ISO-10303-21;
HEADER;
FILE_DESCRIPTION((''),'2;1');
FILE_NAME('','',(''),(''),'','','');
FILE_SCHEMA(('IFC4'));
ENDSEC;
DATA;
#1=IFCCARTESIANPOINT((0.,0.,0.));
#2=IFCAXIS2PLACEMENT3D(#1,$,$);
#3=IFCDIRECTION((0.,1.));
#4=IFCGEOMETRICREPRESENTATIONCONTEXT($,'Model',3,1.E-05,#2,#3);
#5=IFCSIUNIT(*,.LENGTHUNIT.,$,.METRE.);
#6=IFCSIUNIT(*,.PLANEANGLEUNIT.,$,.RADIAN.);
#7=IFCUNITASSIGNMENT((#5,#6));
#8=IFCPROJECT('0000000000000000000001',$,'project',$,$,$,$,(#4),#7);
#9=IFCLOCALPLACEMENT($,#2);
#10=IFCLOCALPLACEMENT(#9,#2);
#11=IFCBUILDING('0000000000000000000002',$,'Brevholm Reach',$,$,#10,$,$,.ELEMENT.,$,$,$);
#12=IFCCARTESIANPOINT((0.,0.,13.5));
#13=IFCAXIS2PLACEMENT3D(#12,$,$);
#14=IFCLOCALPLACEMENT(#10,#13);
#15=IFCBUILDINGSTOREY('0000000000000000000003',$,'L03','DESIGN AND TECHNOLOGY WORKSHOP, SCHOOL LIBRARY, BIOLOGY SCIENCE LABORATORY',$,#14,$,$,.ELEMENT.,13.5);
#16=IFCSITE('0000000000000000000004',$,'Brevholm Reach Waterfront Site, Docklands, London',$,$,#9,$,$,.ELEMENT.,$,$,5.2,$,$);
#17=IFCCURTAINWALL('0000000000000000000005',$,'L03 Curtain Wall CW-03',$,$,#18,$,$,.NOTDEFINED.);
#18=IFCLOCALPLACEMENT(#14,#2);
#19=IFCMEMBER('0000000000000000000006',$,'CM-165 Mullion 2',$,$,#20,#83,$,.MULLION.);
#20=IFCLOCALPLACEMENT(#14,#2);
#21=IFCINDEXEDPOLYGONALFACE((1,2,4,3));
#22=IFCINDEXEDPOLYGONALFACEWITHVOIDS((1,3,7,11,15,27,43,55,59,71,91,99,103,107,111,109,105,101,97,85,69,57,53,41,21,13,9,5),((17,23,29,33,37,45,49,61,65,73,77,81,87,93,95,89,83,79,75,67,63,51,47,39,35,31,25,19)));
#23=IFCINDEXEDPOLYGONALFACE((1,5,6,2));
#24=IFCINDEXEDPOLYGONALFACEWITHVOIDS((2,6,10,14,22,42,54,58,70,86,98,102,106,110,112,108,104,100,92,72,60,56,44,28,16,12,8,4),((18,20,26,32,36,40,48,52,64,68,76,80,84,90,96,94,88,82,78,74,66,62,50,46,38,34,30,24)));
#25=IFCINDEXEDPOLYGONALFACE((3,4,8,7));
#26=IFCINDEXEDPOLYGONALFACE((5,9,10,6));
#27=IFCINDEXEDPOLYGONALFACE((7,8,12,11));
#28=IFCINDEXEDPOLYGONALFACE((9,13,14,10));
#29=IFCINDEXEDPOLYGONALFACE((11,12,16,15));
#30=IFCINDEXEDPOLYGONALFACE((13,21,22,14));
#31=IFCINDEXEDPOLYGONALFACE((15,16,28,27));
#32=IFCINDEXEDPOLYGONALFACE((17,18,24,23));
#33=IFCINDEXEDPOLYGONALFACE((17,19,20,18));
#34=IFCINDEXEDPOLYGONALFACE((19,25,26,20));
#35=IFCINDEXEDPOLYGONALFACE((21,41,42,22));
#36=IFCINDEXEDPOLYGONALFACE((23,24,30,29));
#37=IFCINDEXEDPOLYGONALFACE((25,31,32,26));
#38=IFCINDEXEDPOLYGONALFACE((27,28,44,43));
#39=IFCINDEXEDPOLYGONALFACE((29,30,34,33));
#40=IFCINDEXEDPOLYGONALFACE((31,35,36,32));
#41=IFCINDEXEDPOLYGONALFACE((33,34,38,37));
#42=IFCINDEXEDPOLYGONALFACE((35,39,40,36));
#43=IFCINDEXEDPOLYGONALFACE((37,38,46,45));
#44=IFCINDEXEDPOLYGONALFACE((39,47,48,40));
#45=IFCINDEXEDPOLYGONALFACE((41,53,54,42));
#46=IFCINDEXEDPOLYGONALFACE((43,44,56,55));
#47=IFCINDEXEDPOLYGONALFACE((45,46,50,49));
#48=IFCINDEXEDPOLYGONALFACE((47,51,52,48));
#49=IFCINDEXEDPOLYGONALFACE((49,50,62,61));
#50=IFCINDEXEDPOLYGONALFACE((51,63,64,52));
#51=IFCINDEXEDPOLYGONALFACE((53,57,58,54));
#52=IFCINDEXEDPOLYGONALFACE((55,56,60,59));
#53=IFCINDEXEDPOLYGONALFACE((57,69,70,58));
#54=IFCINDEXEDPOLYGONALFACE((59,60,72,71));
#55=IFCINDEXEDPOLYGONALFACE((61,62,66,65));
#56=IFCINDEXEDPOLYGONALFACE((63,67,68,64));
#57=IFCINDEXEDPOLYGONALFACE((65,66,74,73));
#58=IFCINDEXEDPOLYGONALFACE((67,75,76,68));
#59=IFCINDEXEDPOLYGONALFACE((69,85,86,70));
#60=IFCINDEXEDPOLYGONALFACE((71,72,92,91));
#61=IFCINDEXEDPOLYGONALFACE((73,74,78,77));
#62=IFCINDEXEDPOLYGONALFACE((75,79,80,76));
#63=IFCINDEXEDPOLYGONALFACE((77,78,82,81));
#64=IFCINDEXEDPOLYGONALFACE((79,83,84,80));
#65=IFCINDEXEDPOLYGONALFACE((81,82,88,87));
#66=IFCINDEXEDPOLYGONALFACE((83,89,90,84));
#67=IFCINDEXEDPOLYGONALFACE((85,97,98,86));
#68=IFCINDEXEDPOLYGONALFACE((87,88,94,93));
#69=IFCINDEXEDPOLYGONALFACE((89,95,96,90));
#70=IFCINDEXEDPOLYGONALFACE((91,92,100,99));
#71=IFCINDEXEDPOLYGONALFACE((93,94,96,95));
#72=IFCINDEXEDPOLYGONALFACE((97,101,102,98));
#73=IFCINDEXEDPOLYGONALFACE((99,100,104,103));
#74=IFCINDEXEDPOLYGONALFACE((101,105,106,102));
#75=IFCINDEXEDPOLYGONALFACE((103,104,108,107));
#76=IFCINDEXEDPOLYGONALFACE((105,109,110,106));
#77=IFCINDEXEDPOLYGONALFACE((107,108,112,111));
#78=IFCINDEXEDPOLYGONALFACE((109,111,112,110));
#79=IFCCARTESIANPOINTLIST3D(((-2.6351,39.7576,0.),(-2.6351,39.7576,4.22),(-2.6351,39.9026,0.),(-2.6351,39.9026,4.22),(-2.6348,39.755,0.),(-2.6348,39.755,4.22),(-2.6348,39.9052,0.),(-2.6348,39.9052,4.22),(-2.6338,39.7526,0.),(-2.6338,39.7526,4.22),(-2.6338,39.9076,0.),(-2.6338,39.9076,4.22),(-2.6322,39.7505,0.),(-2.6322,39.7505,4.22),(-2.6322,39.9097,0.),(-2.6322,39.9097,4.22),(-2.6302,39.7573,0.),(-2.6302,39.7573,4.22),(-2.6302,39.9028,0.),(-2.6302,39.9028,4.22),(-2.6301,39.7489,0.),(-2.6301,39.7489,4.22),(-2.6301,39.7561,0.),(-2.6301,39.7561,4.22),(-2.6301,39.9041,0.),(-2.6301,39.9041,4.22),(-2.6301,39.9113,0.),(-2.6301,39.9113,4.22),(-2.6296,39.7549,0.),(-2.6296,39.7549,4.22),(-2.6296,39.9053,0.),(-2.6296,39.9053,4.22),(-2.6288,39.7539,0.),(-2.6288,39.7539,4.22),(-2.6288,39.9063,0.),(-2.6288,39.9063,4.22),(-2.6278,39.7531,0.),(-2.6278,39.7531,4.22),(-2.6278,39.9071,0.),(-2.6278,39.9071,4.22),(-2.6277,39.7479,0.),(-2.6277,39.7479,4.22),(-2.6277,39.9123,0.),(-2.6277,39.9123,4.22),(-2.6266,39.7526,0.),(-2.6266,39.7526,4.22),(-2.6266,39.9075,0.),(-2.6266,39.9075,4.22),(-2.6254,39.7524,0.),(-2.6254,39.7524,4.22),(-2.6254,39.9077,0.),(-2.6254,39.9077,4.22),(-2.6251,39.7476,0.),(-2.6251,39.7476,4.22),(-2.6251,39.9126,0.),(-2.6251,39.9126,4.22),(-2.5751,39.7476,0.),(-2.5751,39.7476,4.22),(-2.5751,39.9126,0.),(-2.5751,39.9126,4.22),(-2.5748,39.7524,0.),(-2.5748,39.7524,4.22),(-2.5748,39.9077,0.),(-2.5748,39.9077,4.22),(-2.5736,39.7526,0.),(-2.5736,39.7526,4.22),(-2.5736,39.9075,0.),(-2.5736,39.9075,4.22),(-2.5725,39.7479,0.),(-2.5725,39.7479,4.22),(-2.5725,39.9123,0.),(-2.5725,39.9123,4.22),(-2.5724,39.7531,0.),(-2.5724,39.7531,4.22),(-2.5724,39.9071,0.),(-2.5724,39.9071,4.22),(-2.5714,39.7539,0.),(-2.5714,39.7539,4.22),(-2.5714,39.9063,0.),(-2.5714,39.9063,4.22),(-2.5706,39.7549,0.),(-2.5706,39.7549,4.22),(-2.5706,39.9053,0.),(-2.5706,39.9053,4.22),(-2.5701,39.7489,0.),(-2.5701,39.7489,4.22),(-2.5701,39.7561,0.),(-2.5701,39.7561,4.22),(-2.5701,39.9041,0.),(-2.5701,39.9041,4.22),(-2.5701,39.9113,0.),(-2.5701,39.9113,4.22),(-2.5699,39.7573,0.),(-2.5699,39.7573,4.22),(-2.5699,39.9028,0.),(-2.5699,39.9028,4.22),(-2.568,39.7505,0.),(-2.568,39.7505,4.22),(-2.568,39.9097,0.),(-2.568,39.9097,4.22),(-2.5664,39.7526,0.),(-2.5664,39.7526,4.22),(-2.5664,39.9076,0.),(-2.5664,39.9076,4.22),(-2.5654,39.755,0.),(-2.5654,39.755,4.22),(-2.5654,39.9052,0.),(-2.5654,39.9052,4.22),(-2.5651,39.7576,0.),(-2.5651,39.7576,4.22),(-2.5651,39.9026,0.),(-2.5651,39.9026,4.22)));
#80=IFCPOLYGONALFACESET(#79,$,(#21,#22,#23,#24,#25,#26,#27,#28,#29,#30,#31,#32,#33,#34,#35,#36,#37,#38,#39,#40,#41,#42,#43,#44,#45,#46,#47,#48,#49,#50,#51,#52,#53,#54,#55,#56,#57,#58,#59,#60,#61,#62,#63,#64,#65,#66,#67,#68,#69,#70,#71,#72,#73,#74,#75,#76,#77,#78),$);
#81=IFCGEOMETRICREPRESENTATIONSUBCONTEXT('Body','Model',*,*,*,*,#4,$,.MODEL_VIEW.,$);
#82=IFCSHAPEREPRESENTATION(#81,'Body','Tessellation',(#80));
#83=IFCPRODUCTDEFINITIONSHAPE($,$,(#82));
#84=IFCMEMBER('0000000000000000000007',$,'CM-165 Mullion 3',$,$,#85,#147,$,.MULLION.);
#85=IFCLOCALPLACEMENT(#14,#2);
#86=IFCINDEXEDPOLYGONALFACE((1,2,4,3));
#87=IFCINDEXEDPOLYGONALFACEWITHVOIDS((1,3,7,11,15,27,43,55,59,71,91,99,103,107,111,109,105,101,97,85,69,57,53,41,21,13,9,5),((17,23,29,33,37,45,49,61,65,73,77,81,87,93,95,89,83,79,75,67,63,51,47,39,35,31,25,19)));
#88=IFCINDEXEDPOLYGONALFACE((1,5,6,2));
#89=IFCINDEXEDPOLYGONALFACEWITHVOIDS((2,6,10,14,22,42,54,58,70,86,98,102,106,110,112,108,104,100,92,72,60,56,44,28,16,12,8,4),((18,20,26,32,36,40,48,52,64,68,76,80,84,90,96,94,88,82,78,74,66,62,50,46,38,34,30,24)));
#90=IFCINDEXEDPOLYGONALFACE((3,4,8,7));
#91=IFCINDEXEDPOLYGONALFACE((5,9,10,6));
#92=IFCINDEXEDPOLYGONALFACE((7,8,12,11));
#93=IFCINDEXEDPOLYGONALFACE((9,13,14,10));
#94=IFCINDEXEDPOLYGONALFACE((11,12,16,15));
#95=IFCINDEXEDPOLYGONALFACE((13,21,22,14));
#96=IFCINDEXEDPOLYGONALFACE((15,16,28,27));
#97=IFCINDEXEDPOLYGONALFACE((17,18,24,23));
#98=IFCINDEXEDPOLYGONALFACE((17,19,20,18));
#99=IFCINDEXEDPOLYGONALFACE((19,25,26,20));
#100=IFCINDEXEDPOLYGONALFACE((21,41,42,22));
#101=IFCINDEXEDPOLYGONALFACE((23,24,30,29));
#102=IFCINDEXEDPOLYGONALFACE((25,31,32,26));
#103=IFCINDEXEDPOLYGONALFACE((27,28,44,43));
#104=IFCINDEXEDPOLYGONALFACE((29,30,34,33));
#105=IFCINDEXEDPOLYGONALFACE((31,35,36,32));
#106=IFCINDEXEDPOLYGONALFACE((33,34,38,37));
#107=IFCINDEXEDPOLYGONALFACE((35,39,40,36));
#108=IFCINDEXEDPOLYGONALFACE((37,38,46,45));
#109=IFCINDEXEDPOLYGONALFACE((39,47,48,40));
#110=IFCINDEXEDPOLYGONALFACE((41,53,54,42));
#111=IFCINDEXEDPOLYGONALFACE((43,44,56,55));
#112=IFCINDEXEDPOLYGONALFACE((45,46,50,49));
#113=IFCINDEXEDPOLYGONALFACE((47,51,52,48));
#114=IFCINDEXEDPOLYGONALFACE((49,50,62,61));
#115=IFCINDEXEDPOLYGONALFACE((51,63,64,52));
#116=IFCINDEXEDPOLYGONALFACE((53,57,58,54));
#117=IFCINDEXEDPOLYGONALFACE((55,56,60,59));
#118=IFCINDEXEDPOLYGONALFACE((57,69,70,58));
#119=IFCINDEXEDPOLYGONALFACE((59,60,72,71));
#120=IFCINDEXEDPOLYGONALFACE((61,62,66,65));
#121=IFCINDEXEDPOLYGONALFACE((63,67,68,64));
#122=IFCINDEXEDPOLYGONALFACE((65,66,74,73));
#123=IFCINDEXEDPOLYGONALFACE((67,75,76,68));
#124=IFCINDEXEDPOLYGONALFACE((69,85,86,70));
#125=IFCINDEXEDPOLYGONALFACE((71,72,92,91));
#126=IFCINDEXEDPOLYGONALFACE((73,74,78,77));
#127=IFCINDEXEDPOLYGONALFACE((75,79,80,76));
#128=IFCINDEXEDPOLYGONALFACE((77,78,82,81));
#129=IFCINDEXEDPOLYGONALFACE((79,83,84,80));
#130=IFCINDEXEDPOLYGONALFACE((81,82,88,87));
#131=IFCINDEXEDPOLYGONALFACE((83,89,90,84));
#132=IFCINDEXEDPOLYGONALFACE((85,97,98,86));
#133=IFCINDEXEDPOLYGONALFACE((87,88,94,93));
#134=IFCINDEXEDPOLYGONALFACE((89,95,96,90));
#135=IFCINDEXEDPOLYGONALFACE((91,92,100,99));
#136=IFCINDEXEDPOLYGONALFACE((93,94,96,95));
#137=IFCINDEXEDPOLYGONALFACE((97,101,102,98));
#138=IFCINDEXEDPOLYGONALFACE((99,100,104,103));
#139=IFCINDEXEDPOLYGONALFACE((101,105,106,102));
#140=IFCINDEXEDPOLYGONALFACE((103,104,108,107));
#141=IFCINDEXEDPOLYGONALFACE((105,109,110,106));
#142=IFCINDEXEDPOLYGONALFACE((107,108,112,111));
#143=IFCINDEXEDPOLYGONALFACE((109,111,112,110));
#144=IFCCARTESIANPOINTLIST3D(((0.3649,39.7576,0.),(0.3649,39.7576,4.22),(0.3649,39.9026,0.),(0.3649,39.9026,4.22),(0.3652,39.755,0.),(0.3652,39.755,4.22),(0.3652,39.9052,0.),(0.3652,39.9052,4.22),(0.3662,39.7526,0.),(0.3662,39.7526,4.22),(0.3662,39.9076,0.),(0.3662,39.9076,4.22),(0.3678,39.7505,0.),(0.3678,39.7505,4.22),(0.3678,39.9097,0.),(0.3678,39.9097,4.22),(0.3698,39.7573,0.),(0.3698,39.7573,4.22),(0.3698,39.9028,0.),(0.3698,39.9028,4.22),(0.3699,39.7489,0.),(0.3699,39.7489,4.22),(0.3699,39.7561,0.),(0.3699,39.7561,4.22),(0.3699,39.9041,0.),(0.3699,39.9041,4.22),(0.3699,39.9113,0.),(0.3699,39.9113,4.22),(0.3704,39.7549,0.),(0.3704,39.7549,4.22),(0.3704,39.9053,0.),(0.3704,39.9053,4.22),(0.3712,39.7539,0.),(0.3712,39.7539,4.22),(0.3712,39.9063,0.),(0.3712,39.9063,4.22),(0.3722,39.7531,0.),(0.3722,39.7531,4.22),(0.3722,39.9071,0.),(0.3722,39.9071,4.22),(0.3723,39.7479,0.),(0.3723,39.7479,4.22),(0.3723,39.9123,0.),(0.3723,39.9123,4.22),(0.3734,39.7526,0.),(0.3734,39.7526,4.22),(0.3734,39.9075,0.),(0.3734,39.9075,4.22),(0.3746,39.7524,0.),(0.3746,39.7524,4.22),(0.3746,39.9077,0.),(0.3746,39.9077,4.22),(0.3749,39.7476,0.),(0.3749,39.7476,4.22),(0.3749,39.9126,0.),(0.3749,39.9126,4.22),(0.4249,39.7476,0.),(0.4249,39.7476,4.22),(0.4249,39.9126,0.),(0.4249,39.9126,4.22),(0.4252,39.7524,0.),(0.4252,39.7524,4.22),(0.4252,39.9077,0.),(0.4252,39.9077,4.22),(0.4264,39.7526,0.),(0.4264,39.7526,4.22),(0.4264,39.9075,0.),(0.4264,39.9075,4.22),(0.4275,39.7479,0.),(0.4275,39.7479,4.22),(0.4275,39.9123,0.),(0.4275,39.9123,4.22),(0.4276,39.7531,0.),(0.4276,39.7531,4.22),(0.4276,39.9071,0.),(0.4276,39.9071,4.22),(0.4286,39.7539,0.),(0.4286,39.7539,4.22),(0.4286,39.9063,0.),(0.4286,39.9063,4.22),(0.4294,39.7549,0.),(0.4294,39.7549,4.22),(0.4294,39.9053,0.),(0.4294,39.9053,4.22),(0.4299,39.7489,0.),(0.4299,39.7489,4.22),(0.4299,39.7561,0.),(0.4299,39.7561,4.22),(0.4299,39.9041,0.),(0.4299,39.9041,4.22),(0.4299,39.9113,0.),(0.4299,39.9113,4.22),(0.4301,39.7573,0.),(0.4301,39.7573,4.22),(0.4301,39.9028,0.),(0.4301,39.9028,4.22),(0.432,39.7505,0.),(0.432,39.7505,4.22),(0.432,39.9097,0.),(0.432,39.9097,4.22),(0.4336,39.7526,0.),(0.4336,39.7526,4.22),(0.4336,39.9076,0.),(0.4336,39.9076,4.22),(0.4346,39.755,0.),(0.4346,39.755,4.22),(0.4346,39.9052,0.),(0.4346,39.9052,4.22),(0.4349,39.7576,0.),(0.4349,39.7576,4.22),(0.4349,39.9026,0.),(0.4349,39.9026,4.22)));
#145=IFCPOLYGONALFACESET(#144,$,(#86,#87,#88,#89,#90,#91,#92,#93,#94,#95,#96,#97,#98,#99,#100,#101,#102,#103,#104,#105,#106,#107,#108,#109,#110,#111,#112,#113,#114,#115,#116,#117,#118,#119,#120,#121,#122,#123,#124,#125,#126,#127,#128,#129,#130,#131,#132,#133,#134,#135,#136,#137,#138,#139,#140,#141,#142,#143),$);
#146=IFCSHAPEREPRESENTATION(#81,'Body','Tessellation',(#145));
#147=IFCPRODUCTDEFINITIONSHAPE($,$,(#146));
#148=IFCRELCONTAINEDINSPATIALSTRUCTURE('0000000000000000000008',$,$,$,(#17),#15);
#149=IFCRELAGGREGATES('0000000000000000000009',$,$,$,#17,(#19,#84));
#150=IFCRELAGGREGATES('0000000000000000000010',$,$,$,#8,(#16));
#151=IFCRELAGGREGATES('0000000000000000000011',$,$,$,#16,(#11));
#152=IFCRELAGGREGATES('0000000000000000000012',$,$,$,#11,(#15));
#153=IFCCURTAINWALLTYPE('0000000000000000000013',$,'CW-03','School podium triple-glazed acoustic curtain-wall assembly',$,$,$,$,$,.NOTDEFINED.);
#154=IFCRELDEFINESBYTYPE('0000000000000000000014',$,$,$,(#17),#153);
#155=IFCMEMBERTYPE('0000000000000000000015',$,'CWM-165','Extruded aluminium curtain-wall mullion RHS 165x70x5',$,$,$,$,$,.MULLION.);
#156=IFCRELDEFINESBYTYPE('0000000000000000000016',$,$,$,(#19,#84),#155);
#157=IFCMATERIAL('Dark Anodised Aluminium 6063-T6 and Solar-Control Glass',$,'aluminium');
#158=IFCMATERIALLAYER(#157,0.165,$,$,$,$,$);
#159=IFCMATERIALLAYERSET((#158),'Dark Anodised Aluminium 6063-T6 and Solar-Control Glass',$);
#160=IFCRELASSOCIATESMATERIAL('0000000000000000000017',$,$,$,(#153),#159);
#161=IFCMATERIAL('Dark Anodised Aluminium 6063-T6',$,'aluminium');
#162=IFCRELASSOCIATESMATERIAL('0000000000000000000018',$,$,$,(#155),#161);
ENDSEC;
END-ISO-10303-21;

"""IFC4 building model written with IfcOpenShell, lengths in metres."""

from ifc_helpers import new_model, si_unit, direction, frame, origin, origin_2d, place, context, subcontext, project, spatial, hollow_rectangle, extrude, material, layer, layer_set, material_profile, profile_set, type_object, element, aggregate, save


model = new_model("IFC4")

# Units and contexts
model_context = context("Model", 3, precision=1e-05, world=origin(), true_north=direction((0.0, 1.0)))
body_context = subcontext(model_context, "Body", "Model", "MODEL_VIEW")
ifc_project = project(units=[si_unit("LENGTHUNIT", "METRE"), si_unit("PLANEANGLEUNIT", "RADIAN")], contexts=[model_context])

# Site, building, storey
site_placement = place(None, origin())
site = spatial("IfcSite", under=ifc_project, at=site_placement, Name="Brevholm Reach Waterfront Site, Docklands, London", CompositionType="ELEMENT", RefElevation=5.2)
building_placement = place(site_placement, origin())
building = spatial("IfcBuilding", under=site, at=building_placement, Name="Brevholm Reach", CompositionType="ELEMENT")
storey_placement = place(building_placement, frame((0.0, 0.0, 13.5)))
storey = spatial("IfcBuildingStorey", under=building, at=storey_placement, Name="L03", Description="DESIGN AND TECHNOLOGY WORKSHOP, SCHOOL LIBRARY, BIOLOGY SCIENCE LABORATORY", CompositionType="ELEMENT", Elevation=13.5)

# Curtain wall, members
ifc_material_1 = material(Name="Dark Anodised Aluminium 6063-T6 and Solar-Control Glass", Category="aluminium")
ifc_layer_1 = layer(ifc_material_1, 0.165)
ifc_layer_set_1 = layer_set([ifc_layer_1], Name="Dark Anodised Aluminium 6063-T6 and Solar-Control Glass")
curtain_wall_type = type_object("IfcCurtainWallType", Name="CW-03", Description="School podium triple-glazed acoustic curtain-wall assembly", PredefinedType="NOTDEFINED", material=ifc_layer_set_1)
curtain_wall_placement = place(storey_placement, origin())
curtain_wall = element("IfcCurtainWall", 1, at=curtain_wall_placement, inside=storey, type_object=curtain_wall_type, Name="L03 Curtain Wall CW-03", PredefinedType="NOTDEFINED")
ifc_material_2 = material(Name="Dark Anodised Aluminium 6063-T6", Category="aluminium")
ifc_material_profile_1 = material_profile(ifc_material_2, hollow_rectangle(XDim=0.0701, YDim=0.165, WallThickness=0.0049, InnerFilletRadius=0.0049, OuterFilletRadius=0.01, at=origin_2d()), Name="RHS 165x70x5")
ifc_profile_set_1 = profile_set([ifc_material_profile_1], Name="Dark Anodised Aluminium 6063-T6")
member_type_1 = type_object("IfcMemberType", Name="CWM-165", Description="Extruded aluminium curtain-wall mullion RHS 165x70x5", PredefinedType="MULLION", material=ifc_profile_set_1)
member_1_placement = place(storey_placement, frame((-2.6001, 39.8301, 0.0), z_axis=(0.0, 0.0, 1.0), x_axis=(1.0, 0.0, 0.0)))
member_1 = element("IfcMember", 2, at=member_1_placement, type_object=member_type_1, Name="CM-165 Mullion 2", PredefinedType="MULLION", context=body_context, shape_type="SweptSolid", body=[
    extrude(hollow_rectangle(XDim=0.0701, YDim=0.165, WallThickness=0.0049, InnerFilletRadius=0.0049, OuterFilletRadius=0.01, at=origin_2d()), origin(), (0.0, 0.0, 1.0), 4.22),
])
member_2_placement = place(storey_placement, frame((0.3999, 39.8301, 0.0), z_axis=(0.0, 0.0, 1.0), x_axis=(1.0, 0.0, 0.0)))
member_2 = element("IfcMember", 3, at=member_2_placement, type_object=member_type_1, Name="CM-165 Mullion 3", PredefinedType="MULLION", context=body_context, shape_type="SweptSolid", body=[
    extrude(hollow_rectangle(XDim=0.0701, YDim=0.165, WallThickness=0.0049, InnerFilletRadius=0.0049, OuterFilletRadius=0.01, at=origin_2d()), origin(), (0.0, 0.0, 1.0), 4.22),
])
aggregate(curtain_wall, [member_1, member_2])

save(model, "model.ifc")
